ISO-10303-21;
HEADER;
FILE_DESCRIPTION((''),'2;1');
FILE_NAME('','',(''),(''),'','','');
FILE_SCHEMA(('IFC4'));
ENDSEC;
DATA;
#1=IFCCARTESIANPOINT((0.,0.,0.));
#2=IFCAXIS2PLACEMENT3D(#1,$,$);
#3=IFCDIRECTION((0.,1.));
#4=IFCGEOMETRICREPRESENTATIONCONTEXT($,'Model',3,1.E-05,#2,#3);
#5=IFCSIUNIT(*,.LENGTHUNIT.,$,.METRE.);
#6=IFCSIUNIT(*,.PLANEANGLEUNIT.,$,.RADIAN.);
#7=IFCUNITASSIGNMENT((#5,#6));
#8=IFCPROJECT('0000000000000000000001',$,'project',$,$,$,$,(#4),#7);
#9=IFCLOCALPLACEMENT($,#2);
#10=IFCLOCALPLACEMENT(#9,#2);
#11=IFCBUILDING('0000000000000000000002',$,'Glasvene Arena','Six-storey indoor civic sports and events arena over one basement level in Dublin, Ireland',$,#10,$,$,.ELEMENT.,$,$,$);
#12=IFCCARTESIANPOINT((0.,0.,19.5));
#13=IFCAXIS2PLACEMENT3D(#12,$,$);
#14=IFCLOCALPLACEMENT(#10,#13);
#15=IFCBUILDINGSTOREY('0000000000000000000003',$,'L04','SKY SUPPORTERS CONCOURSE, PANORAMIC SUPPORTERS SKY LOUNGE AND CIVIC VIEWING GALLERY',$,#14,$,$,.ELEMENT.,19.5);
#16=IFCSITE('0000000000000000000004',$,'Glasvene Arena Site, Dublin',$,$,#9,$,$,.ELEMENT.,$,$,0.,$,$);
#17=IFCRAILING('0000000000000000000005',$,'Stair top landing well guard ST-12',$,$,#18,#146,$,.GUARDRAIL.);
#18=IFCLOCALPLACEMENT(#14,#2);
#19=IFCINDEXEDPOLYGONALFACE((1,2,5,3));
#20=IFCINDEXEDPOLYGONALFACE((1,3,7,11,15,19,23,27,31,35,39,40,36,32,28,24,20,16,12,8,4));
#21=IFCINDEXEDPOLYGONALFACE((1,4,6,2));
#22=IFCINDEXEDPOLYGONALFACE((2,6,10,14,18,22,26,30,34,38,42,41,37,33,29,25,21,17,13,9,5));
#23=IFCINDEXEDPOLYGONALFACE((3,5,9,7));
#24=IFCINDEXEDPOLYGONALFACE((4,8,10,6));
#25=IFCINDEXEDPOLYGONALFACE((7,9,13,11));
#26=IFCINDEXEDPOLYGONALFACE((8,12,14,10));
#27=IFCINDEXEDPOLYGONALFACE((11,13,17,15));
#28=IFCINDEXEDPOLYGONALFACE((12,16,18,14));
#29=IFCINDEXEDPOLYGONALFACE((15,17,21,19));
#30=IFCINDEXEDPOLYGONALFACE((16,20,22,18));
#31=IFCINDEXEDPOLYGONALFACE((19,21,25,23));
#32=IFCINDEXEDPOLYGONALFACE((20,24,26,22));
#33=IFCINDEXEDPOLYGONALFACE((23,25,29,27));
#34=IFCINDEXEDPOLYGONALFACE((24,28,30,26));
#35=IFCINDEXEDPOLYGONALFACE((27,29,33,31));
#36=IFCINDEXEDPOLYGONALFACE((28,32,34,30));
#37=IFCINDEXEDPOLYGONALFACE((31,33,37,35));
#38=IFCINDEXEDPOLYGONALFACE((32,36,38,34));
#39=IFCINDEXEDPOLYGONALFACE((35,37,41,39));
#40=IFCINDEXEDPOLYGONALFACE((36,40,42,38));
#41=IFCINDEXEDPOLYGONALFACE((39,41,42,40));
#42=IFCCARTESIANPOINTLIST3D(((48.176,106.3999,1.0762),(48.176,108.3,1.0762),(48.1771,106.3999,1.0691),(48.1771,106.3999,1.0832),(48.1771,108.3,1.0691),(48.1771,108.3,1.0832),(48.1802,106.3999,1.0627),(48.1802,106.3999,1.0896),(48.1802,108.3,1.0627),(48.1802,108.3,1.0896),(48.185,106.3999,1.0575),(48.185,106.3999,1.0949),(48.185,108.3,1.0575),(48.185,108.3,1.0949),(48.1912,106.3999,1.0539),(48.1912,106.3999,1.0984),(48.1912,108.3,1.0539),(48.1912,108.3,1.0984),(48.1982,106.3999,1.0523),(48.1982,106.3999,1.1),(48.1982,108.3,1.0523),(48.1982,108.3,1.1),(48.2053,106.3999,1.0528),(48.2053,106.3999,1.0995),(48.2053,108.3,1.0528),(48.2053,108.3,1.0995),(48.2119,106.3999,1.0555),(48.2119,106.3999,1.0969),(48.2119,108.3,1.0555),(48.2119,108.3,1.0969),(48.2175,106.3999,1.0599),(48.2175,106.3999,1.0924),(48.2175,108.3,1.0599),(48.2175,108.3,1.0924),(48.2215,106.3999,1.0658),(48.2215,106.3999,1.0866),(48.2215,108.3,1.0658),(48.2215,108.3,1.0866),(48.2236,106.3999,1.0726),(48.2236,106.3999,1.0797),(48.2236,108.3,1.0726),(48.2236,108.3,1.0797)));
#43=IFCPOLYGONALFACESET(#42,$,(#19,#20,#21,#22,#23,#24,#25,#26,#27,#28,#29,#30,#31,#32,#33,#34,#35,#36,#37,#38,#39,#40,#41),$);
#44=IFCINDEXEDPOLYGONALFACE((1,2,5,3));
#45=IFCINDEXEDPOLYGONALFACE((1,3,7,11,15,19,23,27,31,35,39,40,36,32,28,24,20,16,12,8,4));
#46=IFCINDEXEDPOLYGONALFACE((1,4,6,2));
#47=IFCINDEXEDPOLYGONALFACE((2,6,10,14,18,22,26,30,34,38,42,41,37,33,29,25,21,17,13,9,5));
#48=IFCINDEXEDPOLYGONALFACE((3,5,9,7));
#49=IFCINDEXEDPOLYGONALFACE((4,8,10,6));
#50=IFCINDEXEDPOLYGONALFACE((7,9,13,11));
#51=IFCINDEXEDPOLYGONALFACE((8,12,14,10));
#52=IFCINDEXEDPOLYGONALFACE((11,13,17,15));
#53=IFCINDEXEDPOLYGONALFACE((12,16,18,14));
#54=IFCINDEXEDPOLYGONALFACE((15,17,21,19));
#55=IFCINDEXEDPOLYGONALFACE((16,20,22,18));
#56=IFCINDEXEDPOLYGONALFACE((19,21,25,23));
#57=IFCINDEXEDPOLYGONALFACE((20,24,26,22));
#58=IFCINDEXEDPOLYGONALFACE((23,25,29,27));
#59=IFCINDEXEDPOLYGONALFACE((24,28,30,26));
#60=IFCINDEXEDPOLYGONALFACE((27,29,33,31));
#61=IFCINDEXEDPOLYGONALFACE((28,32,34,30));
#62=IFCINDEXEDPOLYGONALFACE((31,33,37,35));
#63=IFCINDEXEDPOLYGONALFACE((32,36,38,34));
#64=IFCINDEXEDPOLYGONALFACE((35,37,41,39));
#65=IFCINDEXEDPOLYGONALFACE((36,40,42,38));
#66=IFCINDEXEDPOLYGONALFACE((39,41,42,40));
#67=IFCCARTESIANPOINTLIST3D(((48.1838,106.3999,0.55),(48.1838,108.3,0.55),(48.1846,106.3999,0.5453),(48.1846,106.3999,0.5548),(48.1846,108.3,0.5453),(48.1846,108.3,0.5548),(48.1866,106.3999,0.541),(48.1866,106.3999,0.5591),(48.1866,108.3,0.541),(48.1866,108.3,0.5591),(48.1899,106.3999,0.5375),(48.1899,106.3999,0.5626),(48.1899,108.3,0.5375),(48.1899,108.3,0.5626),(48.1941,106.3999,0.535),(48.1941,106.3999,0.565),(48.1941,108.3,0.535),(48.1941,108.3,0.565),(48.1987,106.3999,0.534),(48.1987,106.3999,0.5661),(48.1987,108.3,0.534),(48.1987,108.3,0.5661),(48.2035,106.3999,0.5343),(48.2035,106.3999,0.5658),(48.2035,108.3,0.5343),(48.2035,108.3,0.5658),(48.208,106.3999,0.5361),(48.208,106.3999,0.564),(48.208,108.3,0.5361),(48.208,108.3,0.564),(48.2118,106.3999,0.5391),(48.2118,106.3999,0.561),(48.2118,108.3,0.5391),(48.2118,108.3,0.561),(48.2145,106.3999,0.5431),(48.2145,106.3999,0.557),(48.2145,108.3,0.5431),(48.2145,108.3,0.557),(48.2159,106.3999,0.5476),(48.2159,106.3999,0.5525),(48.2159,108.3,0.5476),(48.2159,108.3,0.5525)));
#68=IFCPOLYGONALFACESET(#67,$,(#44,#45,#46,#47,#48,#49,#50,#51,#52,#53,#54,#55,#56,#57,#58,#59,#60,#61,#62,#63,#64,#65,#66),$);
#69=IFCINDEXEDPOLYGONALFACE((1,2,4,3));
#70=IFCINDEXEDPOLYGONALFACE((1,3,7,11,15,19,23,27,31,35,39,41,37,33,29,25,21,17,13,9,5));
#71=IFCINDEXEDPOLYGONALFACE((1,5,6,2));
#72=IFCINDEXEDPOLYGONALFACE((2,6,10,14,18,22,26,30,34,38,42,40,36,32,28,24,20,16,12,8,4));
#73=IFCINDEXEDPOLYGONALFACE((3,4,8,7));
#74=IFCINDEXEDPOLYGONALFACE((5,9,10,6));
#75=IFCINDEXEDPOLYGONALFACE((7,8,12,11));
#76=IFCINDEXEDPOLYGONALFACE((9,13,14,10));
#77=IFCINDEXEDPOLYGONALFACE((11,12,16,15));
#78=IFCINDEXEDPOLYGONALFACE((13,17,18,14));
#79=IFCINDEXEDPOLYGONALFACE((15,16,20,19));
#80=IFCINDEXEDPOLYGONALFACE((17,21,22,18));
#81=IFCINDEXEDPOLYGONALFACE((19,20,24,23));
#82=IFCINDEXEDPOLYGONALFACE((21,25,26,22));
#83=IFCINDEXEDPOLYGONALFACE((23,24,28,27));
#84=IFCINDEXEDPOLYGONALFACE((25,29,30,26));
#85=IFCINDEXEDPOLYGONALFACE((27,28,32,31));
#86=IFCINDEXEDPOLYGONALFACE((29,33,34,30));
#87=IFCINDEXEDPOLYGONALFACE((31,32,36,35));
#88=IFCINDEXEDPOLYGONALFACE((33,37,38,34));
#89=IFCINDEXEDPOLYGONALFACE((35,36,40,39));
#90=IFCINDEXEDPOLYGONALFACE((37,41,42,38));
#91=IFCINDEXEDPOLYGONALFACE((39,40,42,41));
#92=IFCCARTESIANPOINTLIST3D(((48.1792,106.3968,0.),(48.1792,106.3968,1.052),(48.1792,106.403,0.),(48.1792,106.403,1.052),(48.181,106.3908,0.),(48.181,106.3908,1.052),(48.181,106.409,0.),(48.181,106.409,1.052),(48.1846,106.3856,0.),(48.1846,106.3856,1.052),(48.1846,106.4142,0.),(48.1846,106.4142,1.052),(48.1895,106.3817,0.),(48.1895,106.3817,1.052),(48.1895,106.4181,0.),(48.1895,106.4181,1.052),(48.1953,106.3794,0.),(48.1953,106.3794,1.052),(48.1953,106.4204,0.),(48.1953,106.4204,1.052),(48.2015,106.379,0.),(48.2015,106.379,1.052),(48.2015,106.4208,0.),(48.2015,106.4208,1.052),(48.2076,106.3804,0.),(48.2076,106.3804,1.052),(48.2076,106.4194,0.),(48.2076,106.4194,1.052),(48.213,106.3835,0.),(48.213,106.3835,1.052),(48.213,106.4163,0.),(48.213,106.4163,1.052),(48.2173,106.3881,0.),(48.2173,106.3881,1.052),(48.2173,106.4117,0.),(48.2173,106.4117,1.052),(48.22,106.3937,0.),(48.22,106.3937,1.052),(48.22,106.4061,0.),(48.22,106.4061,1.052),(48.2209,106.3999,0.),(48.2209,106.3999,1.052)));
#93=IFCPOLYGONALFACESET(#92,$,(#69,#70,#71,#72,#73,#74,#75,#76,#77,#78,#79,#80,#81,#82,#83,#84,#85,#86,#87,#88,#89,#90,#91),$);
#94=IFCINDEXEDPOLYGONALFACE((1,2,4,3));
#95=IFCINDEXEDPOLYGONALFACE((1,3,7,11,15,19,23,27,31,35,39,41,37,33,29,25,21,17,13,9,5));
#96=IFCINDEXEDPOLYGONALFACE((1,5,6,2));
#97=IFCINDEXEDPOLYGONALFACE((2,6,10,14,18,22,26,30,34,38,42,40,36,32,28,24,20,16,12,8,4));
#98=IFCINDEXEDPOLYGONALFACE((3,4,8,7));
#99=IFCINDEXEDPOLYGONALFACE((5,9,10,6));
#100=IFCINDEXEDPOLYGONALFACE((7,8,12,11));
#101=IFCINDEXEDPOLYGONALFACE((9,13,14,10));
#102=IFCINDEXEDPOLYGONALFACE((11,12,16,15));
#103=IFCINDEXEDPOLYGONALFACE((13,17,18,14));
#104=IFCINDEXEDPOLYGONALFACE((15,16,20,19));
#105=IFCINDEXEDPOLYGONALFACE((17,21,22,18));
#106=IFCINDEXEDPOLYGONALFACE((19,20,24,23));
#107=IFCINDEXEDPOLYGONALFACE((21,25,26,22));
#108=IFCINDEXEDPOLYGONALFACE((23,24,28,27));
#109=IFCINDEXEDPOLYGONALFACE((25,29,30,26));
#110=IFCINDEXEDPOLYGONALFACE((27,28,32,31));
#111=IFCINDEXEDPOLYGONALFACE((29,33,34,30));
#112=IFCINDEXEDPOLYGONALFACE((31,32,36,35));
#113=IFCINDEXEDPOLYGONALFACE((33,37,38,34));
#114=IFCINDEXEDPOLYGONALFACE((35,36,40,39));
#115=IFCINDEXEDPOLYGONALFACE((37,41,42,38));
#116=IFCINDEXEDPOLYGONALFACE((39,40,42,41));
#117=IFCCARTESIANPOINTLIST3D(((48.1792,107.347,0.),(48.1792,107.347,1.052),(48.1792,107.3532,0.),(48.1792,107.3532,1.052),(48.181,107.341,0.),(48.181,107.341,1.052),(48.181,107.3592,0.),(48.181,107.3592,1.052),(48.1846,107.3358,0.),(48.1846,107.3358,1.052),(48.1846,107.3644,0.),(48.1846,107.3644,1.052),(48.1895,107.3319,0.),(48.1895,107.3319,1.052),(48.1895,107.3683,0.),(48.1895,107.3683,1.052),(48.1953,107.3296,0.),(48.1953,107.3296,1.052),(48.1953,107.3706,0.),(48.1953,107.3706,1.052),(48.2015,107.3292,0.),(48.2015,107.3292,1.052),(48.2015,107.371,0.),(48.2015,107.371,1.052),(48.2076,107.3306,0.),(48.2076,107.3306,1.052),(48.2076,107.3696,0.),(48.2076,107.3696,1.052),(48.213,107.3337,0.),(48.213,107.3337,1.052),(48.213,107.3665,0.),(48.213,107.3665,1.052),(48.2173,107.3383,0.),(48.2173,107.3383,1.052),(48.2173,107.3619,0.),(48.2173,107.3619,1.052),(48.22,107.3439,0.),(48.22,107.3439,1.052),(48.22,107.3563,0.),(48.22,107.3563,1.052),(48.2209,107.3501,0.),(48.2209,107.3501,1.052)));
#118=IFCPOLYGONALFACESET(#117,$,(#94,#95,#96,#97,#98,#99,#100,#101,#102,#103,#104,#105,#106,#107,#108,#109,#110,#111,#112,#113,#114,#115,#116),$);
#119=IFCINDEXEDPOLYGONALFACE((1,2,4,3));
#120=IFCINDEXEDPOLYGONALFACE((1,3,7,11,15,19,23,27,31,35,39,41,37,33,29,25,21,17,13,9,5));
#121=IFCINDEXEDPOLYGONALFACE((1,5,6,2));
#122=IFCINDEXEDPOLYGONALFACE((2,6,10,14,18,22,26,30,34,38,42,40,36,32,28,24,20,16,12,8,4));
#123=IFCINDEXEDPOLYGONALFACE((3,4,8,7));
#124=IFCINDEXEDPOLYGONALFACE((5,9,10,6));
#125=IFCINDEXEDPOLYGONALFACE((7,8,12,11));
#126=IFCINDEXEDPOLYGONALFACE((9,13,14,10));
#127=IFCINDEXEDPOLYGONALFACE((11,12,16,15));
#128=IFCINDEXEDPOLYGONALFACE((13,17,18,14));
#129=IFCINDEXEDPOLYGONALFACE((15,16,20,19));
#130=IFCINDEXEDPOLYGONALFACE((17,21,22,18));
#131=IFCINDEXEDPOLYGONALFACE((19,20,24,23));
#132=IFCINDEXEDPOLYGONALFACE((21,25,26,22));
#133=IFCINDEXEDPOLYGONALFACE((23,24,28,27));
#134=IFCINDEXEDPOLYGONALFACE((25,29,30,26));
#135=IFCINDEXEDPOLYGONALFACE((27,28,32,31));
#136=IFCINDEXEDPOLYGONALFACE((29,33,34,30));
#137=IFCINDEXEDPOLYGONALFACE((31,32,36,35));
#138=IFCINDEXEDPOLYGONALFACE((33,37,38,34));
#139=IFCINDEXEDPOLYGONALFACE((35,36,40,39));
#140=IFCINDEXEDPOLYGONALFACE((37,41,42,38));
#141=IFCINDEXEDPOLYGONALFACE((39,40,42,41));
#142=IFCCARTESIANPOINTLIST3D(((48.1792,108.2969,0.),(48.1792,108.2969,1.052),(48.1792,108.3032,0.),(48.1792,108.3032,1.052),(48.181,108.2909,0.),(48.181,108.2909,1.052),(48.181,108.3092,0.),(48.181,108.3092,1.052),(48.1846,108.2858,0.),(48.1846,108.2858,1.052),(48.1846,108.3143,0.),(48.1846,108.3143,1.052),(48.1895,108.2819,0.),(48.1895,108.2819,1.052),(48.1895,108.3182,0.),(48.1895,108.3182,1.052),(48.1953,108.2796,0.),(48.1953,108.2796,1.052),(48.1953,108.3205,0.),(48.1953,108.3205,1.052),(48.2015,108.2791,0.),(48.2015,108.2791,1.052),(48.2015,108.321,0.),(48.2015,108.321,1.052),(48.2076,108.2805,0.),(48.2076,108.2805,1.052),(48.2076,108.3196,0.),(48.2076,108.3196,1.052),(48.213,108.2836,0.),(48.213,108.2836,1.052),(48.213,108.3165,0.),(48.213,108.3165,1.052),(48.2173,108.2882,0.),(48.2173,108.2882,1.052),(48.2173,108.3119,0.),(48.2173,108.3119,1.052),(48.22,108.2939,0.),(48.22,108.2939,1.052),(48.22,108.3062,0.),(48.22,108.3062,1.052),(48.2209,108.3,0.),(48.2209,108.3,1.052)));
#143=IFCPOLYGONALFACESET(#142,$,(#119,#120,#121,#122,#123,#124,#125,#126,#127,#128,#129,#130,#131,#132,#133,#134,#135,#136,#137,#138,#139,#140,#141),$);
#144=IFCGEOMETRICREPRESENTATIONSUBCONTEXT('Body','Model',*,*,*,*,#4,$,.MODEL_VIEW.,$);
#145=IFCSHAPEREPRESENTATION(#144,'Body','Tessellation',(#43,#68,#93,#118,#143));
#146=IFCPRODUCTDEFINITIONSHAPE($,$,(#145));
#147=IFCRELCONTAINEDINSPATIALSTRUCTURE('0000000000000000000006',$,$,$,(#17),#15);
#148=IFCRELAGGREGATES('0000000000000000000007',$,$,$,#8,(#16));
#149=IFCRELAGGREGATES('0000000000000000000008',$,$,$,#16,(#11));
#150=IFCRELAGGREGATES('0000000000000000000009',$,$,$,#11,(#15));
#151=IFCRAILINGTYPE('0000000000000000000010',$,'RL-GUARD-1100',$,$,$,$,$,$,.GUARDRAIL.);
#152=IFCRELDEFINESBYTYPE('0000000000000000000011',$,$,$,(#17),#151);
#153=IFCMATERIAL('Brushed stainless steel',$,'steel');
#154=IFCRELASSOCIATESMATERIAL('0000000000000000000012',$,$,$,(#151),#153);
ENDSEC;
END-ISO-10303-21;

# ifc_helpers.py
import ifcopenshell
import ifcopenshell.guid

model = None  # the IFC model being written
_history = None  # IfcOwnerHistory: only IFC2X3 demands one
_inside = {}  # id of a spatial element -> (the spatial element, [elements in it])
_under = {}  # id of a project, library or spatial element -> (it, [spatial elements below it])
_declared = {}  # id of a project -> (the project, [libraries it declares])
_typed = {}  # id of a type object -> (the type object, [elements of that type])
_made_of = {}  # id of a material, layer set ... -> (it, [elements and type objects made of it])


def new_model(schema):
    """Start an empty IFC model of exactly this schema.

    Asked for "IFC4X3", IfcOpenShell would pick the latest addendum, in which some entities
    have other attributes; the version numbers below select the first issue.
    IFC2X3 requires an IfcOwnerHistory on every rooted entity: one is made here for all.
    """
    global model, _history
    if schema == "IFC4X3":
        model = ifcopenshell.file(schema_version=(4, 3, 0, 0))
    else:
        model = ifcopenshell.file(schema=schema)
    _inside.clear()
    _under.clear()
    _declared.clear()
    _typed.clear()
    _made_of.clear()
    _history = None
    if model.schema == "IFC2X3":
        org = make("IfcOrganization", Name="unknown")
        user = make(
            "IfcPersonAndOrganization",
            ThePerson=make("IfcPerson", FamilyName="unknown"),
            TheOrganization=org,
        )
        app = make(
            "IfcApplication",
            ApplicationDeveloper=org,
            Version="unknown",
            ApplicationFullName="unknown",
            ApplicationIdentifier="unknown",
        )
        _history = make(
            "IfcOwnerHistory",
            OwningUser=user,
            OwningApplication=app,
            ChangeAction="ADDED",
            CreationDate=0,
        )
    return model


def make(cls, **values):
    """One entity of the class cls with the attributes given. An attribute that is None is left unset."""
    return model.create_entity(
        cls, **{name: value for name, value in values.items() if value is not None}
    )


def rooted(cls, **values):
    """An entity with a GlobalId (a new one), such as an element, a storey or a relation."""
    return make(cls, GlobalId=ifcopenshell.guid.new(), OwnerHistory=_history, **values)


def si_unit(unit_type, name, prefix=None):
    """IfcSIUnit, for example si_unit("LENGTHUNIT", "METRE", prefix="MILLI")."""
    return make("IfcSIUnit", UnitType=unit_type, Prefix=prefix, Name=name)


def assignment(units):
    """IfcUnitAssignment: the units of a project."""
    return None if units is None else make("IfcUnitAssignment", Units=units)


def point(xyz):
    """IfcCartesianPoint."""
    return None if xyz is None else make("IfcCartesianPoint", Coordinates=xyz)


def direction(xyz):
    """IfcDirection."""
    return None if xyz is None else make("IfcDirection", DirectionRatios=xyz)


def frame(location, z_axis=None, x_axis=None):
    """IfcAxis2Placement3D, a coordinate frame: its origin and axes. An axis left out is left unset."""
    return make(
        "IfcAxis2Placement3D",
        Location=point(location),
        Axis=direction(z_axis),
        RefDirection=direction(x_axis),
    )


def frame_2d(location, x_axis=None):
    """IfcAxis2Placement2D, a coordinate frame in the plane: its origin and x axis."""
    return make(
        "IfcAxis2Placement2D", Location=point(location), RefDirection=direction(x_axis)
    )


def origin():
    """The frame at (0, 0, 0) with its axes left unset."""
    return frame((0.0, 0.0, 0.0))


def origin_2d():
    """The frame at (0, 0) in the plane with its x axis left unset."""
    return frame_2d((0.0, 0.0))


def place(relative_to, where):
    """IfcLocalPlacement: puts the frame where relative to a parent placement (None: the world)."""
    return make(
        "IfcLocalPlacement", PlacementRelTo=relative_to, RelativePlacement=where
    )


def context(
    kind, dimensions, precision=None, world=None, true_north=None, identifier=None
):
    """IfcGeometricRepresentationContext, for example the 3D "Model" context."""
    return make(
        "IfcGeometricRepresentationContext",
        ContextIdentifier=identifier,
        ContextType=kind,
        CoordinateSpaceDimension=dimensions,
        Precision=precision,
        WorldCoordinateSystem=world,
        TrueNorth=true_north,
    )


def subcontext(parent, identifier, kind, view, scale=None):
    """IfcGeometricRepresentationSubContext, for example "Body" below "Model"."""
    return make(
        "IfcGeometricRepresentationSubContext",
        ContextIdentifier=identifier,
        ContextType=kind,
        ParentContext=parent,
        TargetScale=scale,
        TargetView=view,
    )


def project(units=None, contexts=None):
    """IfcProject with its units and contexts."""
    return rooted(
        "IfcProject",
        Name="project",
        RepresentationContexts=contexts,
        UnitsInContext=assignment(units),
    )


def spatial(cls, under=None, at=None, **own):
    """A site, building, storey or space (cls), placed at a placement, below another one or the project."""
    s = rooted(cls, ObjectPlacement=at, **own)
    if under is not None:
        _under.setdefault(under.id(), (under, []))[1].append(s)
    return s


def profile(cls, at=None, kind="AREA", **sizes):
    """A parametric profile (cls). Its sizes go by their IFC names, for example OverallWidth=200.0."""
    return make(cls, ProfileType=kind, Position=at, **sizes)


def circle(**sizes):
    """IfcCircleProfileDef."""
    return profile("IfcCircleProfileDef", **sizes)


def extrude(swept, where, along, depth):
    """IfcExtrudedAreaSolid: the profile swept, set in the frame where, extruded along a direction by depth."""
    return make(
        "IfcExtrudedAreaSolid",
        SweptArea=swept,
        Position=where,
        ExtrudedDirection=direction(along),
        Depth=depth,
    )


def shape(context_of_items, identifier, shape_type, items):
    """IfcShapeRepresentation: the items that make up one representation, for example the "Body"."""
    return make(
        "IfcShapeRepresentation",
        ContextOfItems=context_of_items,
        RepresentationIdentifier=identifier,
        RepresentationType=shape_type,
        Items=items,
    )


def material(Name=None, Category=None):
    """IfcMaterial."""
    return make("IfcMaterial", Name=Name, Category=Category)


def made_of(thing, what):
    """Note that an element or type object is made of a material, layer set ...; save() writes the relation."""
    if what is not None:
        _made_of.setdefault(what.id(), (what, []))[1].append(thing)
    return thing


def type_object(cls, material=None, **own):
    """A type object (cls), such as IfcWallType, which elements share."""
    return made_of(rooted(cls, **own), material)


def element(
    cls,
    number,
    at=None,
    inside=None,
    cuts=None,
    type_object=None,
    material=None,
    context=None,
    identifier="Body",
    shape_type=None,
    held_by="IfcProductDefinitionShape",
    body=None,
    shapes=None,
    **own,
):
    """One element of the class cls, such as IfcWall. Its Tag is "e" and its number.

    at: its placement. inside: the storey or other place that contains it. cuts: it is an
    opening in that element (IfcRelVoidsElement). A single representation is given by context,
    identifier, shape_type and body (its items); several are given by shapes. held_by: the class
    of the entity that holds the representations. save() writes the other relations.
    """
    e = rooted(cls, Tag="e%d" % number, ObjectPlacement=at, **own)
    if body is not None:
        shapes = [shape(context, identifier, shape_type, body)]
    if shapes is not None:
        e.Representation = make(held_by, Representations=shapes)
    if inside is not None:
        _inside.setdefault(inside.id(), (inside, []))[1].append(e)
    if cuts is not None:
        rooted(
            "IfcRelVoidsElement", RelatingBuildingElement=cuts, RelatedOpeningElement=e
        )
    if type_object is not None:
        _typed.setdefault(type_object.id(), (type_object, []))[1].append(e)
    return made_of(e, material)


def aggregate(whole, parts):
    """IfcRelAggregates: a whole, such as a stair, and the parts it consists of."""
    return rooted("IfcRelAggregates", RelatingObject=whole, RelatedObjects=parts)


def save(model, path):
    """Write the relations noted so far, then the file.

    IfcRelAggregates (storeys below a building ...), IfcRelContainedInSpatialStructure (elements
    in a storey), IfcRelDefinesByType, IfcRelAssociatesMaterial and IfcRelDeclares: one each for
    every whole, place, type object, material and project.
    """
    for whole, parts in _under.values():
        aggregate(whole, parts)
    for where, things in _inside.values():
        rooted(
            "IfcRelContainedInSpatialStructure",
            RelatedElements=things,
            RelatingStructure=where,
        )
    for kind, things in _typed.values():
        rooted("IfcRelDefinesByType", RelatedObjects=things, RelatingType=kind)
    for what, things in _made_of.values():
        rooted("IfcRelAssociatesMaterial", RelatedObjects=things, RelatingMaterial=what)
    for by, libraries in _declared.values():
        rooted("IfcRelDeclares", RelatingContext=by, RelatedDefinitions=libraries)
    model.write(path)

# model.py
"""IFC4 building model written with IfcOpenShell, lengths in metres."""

from ifc_helpers import new_model, si_unit, direction, frame, origin, origin_2d, place, context, subcontext, project, spatial, circle, extrude, material, type_object, element, save


model = new_model("IFC4")

# Units and contexts
model_context = context("Model", 3, precision=1e-05, world=origin(), true_north=direction((0.0, 1.0)))
body_context = subcontext(model_context, "Body", "Model", "MODEL_VIEW")
ifc_project = project(units=[si_unit("LENGTHUNIT", "METRE"), si_unit("PLANEANGLEUNIT", "RADIAN")], contexts=[model_context])

# Site, building, storey
site_placement = place(None, origin())
site = spatial("IfcSite", under=ifc_project, at=site_placement, Name="Glasvene Arena Site, Dublin", CompositionType="ELEMENT", RefElevation=0.0)
building_placement = place(site_placement, origin())
building = spatial("IfcBuilding", under=site, at=building_placement, Name="Glasvene Arena", Description="Six-storey indoor civic sports and events arena over one basement level in Dublin, Ireland", CompositionType="ELEMENT")
storey_placement = place(building_placement, frame((0.0, 0.0, 19.5)))
storey = spatial("IfcBuildingStorey", under=building, at=storey_placement, Name="L04", Description="SKY SUPPORTERS CONCOURSE, PANORAMIC SUPPORTERS SKY LOUNGE AND CIVIC VIEWING GALLERY", CompositionType="ELEMENT", Elevation=19.5)

# Railing
ifc_material_1 = material(Name="Brushed stainless steel", Category="steel")
railing_type = type_object("IfcRailingType", Name="RL-GUARD-1100", PredefinedType="GUARDRAIL", material=ifc_material_1)
railing_1_placement = place(storey_placement, frame((48.2, 106.3999, 0.0)))
element("IfcRailing", 1, at=railing_1_placement, inside=storey, type_object=railing_type, Name="Stair top landing well guard ST-12", PredefinedType="GUARDRAIL", context=body_context, shape_type="SweptSolid", body=[
    extrude(circle(Radius=0.0239, at=origin_2d()), frame((0.0, 0.0, 1.0762), z_axis=(0.0, 1.0, 0.0), x_axis=(-1.0, 0.0, 0.0)), (0.0, 0.0, 1.0), 1.9001),
    extrude(circle(Radius=0.0161, at=origin_2d()), frame((0.0, 0.0, 0.55), z_axis=(0.0, 1.0, 0.0), x_axis=(-1.0, 0.0, 0.0)), (0.0, 0.0, 1.0), 1.9001),
    extrude(circle(Radius=0.021, at=origin_2d()), origin(), (0.0, 0.0, 1.0), 1.052),
    extrude(circle(Radius=0.021, at=origin_2d()), frame((0.0, 0.9502, 0.0)), (0.0, 0.0, 1.0), 1.052),
    extrude(circle(Radius=0.021, at=origin_2d()), frame((0.0, 1.9001, 0.0)), (0.0, 0.0, 1.0), 1.052),
])

save(model, "model.ifc")
